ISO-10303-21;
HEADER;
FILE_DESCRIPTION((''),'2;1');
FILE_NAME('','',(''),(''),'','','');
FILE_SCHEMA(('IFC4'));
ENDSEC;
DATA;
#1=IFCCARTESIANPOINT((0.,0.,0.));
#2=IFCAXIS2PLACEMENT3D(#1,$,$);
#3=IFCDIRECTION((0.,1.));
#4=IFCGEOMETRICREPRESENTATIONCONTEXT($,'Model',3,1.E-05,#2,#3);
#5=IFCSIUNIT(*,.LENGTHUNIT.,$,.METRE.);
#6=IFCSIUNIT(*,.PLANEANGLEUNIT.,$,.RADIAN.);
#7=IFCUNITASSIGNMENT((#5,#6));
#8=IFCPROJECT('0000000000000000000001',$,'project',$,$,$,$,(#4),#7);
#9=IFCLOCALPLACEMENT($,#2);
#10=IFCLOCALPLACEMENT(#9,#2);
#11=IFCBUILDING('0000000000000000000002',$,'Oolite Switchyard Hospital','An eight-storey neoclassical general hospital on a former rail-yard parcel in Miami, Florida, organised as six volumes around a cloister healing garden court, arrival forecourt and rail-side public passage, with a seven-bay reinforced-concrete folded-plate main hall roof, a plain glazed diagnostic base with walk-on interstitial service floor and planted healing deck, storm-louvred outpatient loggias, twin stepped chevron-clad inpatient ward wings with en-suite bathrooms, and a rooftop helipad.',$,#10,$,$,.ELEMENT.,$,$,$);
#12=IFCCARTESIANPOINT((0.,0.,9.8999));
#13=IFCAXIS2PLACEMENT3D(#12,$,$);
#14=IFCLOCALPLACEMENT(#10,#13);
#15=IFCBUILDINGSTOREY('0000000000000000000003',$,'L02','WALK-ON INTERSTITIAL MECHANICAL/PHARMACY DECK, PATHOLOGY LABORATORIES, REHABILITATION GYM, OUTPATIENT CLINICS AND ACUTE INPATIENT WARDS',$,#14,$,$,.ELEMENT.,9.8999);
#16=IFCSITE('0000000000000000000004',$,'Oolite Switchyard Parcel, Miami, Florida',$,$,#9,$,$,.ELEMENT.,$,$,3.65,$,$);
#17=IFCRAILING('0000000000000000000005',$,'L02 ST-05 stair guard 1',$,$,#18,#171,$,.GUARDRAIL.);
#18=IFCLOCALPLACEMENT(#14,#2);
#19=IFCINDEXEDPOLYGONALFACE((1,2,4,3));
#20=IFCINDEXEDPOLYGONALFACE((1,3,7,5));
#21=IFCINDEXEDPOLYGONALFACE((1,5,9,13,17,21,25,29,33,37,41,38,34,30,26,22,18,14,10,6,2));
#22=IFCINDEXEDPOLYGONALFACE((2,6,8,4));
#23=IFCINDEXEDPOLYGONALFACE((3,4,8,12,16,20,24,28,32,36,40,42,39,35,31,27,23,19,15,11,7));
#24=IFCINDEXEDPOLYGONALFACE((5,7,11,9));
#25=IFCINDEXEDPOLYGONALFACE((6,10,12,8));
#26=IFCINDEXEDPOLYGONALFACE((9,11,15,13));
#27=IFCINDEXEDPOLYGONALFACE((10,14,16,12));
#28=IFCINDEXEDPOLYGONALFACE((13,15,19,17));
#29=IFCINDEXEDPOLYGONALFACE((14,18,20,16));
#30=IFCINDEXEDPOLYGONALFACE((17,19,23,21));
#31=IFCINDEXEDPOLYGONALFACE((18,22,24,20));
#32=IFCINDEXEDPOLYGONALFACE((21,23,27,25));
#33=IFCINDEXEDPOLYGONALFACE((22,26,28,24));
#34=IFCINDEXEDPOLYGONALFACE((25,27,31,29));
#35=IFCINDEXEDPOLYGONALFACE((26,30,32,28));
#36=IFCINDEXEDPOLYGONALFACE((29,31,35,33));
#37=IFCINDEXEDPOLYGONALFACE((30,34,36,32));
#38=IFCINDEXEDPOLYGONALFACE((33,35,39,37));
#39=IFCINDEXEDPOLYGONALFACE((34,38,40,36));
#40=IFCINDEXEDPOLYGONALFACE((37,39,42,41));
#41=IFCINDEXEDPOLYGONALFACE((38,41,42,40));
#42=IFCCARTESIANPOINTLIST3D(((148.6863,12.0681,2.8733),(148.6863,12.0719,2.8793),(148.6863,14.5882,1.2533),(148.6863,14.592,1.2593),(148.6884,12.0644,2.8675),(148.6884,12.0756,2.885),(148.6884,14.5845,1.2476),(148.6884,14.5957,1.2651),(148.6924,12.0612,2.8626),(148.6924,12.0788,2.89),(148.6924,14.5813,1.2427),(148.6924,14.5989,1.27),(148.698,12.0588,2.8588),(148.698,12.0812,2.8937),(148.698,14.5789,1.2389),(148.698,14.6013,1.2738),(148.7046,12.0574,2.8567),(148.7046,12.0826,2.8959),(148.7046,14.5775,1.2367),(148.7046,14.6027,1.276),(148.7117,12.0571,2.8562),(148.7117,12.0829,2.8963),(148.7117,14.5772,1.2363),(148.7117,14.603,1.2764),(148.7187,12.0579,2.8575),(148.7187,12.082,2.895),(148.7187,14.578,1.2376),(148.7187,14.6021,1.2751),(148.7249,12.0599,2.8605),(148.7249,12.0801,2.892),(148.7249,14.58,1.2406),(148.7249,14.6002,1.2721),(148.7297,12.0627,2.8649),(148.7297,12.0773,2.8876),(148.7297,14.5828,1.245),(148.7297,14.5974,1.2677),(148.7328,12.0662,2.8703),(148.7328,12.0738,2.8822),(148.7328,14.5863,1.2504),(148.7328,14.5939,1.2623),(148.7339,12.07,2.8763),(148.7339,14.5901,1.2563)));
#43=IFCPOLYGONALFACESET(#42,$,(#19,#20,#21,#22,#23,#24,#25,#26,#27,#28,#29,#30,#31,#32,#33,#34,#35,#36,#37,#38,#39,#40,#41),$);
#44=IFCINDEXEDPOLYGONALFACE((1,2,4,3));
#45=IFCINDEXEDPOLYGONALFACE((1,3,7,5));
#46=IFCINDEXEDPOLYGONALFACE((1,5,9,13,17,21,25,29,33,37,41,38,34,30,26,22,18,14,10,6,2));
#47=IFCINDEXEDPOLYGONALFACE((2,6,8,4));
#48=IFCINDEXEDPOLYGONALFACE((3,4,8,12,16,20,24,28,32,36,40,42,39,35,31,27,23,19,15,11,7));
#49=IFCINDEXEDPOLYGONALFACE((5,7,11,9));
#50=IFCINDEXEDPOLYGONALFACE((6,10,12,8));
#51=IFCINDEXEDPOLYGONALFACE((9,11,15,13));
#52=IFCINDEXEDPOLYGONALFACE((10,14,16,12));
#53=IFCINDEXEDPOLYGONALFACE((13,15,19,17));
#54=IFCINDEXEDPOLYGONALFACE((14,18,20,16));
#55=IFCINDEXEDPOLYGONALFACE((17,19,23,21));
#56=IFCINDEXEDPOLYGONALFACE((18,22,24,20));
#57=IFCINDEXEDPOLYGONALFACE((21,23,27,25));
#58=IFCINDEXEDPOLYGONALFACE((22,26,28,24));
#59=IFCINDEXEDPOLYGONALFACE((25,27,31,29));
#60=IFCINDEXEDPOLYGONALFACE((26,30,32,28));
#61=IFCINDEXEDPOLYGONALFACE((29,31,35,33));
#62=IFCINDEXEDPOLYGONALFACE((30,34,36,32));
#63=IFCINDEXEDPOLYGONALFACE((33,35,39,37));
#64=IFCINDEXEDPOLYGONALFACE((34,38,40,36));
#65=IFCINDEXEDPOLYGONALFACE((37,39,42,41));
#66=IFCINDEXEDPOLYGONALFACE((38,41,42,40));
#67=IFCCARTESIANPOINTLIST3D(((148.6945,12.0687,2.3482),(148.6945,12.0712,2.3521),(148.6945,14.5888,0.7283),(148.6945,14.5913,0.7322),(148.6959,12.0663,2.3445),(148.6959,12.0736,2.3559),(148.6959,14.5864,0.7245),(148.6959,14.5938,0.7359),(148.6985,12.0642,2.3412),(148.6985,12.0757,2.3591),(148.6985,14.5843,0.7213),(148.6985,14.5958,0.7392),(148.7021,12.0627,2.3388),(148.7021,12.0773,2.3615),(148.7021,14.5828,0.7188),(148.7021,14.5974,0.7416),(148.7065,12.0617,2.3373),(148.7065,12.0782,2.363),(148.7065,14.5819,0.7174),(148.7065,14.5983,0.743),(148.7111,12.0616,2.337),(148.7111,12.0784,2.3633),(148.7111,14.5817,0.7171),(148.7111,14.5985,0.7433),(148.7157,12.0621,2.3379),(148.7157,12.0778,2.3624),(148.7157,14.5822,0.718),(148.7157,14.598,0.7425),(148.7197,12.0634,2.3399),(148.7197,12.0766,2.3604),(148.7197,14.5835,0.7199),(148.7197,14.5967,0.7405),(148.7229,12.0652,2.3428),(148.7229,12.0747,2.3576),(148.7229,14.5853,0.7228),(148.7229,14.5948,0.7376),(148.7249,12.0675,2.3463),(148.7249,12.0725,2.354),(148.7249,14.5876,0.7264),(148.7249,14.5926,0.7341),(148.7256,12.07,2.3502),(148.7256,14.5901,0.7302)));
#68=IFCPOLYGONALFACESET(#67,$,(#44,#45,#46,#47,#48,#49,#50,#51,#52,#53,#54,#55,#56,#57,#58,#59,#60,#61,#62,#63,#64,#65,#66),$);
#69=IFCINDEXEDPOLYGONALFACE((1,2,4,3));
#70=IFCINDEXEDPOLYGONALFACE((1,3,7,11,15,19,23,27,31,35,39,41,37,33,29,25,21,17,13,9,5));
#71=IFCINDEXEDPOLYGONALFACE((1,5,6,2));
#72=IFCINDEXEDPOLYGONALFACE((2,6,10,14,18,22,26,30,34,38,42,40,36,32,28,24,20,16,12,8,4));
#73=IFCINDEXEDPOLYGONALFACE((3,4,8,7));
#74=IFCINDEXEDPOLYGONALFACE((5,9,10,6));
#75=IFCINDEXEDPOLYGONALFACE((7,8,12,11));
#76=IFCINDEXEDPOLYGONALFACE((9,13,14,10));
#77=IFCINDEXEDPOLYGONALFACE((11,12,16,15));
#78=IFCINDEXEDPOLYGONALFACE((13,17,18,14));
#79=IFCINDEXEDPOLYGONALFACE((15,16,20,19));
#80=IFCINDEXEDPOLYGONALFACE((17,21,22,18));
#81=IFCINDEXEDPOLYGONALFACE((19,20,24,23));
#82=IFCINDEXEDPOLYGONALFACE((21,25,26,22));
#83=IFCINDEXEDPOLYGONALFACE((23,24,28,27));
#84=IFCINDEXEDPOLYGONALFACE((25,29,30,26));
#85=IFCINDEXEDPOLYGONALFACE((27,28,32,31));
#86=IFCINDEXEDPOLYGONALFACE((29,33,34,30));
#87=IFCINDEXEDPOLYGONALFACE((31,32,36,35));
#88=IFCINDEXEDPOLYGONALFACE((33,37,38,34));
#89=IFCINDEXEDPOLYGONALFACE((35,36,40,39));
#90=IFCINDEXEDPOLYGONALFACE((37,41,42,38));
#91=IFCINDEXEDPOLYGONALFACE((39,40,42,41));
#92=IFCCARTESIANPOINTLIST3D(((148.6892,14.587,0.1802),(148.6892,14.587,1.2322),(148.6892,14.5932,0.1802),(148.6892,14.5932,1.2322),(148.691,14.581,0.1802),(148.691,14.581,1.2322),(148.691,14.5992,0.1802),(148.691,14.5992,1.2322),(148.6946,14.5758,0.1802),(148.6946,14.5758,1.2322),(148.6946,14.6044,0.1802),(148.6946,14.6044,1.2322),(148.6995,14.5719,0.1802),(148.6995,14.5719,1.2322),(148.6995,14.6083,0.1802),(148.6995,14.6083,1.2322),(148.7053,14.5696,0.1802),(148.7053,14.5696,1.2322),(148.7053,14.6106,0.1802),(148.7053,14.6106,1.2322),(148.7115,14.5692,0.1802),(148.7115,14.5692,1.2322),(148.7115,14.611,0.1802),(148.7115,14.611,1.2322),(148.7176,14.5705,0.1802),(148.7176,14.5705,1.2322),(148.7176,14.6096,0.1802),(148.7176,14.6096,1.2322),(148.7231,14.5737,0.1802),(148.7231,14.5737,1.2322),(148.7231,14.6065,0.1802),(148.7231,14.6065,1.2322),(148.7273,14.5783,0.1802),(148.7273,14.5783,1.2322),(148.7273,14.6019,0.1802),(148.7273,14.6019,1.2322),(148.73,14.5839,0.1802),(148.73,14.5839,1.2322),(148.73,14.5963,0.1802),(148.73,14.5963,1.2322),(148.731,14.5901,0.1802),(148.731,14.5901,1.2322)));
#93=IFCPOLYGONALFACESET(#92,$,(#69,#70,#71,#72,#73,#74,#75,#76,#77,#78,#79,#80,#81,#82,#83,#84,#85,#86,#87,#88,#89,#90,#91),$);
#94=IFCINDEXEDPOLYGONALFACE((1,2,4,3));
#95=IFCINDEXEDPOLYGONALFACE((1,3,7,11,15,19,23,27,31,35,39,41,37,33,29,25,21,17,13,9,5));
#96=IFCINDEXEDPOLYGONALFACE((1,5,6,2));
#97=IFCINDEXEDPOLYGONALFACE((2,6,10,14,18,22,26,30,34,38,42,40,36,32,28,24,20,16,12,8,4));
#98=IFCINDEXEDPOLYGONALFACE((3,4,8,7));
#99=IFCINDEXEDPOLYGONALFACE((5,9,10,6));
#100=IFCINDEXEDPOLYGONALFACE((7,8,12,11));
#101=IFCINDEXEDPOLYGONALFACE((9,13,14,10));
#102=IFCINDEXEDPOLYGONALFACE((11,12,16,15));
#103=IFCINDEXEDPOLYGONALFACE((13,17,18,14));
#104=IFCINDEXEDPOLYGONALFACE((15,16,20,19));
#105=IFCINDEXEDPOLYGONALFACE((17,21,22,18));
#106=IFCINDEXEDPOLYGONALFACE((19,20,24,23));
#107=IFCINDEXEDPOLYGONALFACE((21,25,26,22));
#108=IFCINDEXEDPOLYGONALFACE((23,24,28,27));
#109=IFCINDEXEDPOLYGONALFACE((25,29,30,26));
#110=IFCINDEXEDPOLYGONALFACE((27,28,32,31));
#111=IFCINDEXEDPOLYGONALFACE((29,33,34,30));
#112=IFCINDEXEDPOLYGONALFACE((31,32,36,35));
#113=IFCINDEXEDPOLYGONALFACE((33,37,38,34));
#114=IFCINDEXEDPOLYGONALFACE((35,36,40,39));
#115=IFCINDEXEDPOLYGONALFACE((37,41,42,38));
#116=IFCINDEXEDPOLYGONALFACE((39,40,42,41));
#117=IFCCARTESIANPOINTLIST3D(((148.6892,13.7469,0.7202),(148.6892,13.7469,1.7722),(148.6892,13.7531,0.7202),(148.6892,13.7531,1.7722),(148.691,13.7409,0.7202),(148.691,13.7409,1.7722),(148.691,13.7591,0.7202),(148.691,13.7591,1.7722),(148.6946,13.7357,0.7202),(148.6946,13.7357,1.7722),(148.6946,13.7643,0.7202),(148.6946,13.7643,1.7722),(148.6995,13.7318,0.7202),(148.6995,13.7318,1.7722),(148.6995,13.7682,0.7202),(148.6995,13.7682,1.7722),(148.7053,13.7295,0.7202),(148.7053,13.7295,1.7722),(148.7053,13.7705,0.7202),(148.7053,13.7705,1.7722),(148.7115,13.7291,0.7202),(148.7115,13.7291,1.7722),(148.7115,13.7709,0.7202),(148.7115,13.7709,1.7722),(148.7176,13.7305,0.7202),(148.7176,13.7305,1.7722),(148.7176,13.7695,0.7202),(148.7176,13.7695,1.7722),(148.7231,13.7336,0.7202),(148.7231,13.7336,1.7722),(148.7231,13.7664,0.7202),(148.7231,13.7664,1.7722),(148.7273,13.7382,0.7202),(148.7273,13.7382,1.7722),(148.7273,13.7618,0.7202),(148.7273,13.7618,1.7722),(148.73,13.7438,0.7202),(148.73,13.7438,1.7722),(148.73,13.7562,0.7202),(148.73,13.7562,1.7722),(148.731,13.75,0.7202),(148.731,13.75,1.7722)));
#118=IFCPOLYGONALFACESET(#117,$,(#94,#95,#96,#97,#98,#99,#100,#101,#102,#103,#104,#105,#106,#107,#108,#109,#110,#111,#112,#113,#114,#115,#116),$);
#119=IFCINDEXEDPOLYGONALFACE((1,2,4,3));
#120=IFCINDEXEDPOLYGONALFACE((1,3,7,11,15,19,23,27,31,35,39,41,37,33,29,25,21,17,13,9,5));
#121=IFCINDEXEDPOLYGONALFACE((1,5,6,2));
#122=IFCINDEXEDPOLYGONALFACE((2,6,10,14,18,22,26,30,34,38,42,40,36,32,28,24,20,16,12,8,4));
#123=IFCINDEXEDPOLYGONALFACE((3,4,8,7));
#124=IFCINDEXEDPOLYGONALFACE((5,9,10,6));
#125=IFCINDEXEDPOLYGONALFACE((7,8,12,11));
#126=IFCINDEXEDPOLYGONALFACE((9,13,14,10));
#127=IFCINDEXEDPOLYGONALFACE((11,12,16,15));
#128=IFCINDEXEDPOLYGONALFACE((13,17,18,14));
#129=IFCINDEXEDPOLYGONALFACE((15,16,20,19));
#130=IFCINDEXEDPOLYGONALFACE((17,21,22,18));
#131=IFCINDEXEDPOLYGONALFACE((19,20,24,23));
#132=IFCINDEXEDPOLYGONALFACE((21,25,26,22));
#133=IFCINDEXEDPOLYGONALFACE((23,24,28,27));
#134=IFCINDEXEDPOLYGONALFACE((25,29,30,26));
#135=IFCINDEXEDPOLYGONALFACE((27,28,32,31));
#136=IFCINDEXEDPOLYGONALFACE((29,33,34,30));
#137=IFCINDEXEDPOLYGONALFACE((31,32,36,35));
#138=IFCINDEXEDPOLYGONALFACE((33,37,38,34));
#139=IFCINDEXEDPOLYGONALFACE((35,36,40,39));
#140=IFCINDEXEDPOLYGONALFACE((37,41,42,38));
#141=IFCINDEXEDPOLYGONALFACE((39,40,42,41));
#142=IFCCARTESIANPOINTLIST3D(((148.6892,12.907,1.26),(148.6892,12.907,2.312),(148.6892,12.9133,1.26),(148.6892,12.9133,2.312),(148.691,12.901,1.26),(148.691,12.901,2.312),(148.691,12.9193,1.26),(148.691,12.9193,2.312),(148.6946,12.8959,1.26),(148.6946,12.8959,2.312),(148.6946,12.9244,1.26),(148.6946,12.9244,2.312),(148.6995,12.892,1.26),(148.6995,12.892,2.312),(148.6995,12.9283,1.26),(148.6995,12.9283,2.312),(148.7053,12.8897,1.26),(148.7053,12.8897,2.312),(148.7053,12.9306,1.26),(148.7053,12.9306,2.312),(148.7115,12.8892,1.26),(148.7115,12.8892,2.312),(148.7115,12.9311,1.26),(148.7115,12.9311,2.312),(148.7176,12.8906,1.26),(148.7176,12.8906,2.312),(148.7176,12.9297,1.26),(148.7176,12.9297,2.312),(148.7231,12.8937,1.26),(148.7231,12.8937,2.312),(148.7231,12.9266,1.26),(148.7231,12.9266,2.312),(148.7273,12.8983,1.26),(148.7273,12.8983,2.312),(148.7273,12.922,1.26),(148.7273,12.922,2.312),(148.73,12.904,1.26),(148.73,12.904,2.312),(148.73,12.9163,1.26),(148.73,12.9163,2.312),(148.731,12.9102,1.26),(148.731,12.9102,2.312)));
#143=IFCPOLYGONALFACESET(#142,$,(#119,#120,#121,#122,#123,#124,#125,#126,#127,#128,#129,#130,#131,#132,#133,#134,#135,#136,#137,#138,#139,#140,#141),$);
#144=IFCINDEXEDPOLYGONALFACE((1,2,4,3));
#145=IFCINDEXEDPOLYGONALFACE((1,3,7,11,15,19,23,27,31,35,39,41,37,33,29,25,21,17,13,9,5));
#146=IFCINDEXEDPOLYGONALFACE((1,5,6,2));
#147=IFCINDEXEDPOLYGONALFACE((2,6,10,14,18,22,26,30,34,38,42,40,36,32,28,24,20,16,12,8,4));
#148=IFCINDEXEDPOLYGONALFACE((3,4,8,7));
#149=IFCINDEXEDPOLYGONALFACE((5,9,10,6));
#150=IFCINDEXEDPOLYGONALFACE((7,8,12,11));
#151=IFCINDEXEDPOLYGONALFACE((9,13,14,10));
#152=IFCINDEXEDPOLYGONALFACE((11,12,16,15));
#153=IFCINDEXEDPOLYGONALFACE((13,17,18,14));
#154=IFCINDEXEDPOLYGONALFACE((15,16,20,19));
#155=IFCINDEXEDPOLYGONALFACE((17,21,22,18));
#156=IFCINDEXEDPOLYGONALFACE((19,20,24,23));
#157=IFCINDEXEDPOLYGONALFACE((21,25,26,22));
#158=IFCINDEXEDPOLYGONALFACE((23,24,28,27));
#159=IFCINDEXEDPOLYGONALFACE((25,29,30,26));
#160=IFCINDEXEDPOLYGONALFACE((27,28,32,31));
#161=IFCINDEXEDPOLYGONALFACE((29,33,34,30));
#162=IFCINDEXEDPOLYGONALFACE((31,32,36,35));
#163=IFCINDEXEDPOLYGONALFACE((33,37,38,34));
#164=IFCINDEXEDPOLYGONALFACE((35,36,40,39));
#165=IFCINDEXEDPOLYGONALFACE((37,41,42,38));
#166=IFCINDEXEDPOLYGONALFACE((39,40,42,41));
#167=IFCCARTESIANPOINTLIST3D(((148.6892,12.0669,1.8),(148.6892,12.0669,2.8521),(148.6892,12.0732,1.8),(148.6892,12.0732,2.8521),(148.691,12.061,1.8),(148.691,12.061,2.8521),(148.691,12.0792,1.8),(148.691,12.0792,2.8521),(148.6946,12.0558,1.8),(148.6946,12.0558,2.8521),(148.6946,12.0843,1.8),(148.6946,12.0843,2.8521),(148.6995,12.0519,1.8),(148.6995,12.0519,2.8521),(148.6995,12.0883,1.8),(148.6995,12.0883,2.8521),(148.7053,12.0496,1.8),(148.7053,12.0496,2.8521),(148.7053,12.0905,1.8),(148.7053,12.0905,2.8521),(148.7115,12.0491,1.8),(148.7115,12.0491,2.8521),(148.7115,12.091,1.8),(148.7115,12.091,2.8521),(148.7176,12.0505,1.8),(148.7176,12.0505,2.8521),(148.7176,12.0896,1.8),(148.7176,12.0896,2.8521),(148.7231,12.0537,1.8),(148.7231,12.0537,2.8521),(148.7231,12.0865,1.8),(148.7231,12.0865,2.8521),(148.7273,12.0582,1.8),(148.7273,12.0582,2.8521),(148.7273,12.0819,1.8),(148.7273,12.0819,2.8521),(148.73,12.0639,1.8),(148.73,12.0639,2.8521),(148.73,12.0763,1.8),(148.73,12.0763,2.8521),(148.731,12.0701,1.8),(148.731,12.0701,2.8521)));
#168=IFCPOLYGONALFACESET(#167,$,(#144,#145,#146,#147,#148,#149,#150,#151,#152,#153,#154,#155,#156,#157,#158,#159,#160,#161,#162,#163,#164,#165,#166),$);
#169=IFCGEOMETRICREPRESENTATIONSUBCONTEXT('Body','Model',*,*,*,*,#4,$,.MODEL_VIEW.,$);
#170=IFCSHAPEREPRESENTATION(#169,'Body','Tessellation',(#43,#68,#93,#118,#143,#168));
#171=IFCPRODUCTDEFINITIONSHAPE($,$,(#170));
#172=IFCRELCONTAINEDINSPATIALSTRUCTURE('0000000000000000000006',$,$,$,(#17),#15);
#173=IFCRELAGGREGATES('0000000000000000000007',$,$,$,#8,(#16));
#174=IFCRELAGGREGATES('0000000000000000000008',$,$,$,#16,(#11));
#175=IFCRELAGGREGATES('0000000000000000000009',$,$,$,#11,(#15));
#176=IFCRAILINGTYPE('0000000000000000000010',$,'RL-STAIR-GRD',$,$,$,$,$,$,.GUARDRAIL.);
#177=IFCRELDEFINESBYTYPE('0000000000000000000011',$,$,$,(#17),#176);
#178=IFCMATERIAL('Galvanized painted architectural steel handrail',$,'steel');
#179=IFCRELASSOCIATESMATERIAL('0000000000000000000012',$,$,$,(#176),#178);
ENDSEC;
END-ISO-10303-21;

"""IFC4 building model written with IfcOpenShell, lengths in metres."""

from ifc_helpers import new_model, si_unit, direction, frame, origin, origin_2d, place, context, subcontext, project, spatial, circle, extrude, material, type_object, element, save


model = new_model("IFC4")

# Units and contexts
model_context = context("Model", 3, precision=1e-05, world=origin(), true_north=direction((0.0, 1.0)))
body_context = subcontext(model_context, "Body", "Model", "MODEL_VIEW")
ifc_project = project(units=[si_unit("LENGTHUNIT", "METRE"), si_unit("PLANEANGLEUNIT", "RADIAN")], contexts=[model_context])

# Site, building, storey
site_placement = place(None, origin())
site = spatial("IfcSite", under=ifc_project, at=site_placement, Name="Oolite Switchyard Parcel, Miami, Florida", CompositionType="ELEMENT", RefElevation=3.65)
building_placement = place(site_placement, origin())
building = spatial("IfcBuilding", under=site, at=building_placement, Name="Oolite Switchyard Hospital", Description="An eight-storey neoclassical general hospital on a former rail-yard parcel in Miami, Florida, organised as six volumes around a cloister healing garden court, arrival forecourt and rail-side public passage, with a seven-bay reinforced-concrete folded-plate main hall roof, a plain glazed diagnostic base with walk-on interstitial service floor and planted healing deck, storm-louvred outpatient loggias, twin stepped chevron-clad inpatient ward wings with en-suite bathrooms, and a rooftop helipad.", CompositionType="ELEMENT")
storey_placement = place(building_placement, frame((0.0, 0.0, 9.8999)))
storey = spatial("IfcBuildingStorey", under=building, at=storey_placement, Name="L02", Description="WALK-ON INTERSTITIAL MECHANICAL/PHARMACY DECK, PATHOLOGY LABORATORIES, REHABILITATION GYM, OUTPATIENT CLINICS AND ACUTE INPATIENT WARDS", CompositionType="ELEMENT", Elevation=9.8999)

# Railing
ifc_material_1 = material(Name="Galvanized painted architectural steel handrail", Category="steel")
railing_type_1 = type_object("IfcRailingType", Name="RL-STAIR-GRD", PredefinedType="GUARDRAIL", material=ifc_material_1)
railing_1_placement = place(storey_placement, frame((148.71, 14.5901, 0.1802)))
element("IfcRailing", 1, at=railing_1_placement, inside=storey, type_object=railing_type_1, Name="L02 ST-05 stair guard 1", PredefinedType="GUARDRAIL", context=body_context, shape_type="SweptSolid", body=[
    extrude(circle(Radius=0.0239, at=origin_2d()), frame((0.0, 0.0, 1.0762), z_axis=(0.0, -0.8412, 0.540725), x_axis=(1.0, 0.0, 0.0)), (0.0, 0.0, 1.0), 2.9958),
    extrude(circle(Radius=0.0156, at=origin_2d()), frame((0.0, 0.0, 0.55), z_axis=(0.0, -0.8412, 0.540725), x_axis=(1.0, 0.0, 0.0)), (0.0, 0.0, 1.0), 2.9958),
    extrude(circle(Radius=0.021, at=origin_2d()), origin(), (0.0, 0.0, 1.0), 1.052),
    extrude(circle(Radius=0.021, at=origin_2d()), frame((0.0, -0.8401, 0.54)), (0.0, 0.0, 1.0), 1.052),
    extrude(circle(Radius=0.021, at=origin_2d()), frame((0.0, -1.6799, 1.0798)), (0.0, 0.0, 1.0), 1.052),
    extrude(circle(Radius=0.021, at=origin_2d()), frame((0.0, -2.52, 1.6199)), (0.0, 0.0, 1.0), 1.052),
])

save(model, "model.ifc")
